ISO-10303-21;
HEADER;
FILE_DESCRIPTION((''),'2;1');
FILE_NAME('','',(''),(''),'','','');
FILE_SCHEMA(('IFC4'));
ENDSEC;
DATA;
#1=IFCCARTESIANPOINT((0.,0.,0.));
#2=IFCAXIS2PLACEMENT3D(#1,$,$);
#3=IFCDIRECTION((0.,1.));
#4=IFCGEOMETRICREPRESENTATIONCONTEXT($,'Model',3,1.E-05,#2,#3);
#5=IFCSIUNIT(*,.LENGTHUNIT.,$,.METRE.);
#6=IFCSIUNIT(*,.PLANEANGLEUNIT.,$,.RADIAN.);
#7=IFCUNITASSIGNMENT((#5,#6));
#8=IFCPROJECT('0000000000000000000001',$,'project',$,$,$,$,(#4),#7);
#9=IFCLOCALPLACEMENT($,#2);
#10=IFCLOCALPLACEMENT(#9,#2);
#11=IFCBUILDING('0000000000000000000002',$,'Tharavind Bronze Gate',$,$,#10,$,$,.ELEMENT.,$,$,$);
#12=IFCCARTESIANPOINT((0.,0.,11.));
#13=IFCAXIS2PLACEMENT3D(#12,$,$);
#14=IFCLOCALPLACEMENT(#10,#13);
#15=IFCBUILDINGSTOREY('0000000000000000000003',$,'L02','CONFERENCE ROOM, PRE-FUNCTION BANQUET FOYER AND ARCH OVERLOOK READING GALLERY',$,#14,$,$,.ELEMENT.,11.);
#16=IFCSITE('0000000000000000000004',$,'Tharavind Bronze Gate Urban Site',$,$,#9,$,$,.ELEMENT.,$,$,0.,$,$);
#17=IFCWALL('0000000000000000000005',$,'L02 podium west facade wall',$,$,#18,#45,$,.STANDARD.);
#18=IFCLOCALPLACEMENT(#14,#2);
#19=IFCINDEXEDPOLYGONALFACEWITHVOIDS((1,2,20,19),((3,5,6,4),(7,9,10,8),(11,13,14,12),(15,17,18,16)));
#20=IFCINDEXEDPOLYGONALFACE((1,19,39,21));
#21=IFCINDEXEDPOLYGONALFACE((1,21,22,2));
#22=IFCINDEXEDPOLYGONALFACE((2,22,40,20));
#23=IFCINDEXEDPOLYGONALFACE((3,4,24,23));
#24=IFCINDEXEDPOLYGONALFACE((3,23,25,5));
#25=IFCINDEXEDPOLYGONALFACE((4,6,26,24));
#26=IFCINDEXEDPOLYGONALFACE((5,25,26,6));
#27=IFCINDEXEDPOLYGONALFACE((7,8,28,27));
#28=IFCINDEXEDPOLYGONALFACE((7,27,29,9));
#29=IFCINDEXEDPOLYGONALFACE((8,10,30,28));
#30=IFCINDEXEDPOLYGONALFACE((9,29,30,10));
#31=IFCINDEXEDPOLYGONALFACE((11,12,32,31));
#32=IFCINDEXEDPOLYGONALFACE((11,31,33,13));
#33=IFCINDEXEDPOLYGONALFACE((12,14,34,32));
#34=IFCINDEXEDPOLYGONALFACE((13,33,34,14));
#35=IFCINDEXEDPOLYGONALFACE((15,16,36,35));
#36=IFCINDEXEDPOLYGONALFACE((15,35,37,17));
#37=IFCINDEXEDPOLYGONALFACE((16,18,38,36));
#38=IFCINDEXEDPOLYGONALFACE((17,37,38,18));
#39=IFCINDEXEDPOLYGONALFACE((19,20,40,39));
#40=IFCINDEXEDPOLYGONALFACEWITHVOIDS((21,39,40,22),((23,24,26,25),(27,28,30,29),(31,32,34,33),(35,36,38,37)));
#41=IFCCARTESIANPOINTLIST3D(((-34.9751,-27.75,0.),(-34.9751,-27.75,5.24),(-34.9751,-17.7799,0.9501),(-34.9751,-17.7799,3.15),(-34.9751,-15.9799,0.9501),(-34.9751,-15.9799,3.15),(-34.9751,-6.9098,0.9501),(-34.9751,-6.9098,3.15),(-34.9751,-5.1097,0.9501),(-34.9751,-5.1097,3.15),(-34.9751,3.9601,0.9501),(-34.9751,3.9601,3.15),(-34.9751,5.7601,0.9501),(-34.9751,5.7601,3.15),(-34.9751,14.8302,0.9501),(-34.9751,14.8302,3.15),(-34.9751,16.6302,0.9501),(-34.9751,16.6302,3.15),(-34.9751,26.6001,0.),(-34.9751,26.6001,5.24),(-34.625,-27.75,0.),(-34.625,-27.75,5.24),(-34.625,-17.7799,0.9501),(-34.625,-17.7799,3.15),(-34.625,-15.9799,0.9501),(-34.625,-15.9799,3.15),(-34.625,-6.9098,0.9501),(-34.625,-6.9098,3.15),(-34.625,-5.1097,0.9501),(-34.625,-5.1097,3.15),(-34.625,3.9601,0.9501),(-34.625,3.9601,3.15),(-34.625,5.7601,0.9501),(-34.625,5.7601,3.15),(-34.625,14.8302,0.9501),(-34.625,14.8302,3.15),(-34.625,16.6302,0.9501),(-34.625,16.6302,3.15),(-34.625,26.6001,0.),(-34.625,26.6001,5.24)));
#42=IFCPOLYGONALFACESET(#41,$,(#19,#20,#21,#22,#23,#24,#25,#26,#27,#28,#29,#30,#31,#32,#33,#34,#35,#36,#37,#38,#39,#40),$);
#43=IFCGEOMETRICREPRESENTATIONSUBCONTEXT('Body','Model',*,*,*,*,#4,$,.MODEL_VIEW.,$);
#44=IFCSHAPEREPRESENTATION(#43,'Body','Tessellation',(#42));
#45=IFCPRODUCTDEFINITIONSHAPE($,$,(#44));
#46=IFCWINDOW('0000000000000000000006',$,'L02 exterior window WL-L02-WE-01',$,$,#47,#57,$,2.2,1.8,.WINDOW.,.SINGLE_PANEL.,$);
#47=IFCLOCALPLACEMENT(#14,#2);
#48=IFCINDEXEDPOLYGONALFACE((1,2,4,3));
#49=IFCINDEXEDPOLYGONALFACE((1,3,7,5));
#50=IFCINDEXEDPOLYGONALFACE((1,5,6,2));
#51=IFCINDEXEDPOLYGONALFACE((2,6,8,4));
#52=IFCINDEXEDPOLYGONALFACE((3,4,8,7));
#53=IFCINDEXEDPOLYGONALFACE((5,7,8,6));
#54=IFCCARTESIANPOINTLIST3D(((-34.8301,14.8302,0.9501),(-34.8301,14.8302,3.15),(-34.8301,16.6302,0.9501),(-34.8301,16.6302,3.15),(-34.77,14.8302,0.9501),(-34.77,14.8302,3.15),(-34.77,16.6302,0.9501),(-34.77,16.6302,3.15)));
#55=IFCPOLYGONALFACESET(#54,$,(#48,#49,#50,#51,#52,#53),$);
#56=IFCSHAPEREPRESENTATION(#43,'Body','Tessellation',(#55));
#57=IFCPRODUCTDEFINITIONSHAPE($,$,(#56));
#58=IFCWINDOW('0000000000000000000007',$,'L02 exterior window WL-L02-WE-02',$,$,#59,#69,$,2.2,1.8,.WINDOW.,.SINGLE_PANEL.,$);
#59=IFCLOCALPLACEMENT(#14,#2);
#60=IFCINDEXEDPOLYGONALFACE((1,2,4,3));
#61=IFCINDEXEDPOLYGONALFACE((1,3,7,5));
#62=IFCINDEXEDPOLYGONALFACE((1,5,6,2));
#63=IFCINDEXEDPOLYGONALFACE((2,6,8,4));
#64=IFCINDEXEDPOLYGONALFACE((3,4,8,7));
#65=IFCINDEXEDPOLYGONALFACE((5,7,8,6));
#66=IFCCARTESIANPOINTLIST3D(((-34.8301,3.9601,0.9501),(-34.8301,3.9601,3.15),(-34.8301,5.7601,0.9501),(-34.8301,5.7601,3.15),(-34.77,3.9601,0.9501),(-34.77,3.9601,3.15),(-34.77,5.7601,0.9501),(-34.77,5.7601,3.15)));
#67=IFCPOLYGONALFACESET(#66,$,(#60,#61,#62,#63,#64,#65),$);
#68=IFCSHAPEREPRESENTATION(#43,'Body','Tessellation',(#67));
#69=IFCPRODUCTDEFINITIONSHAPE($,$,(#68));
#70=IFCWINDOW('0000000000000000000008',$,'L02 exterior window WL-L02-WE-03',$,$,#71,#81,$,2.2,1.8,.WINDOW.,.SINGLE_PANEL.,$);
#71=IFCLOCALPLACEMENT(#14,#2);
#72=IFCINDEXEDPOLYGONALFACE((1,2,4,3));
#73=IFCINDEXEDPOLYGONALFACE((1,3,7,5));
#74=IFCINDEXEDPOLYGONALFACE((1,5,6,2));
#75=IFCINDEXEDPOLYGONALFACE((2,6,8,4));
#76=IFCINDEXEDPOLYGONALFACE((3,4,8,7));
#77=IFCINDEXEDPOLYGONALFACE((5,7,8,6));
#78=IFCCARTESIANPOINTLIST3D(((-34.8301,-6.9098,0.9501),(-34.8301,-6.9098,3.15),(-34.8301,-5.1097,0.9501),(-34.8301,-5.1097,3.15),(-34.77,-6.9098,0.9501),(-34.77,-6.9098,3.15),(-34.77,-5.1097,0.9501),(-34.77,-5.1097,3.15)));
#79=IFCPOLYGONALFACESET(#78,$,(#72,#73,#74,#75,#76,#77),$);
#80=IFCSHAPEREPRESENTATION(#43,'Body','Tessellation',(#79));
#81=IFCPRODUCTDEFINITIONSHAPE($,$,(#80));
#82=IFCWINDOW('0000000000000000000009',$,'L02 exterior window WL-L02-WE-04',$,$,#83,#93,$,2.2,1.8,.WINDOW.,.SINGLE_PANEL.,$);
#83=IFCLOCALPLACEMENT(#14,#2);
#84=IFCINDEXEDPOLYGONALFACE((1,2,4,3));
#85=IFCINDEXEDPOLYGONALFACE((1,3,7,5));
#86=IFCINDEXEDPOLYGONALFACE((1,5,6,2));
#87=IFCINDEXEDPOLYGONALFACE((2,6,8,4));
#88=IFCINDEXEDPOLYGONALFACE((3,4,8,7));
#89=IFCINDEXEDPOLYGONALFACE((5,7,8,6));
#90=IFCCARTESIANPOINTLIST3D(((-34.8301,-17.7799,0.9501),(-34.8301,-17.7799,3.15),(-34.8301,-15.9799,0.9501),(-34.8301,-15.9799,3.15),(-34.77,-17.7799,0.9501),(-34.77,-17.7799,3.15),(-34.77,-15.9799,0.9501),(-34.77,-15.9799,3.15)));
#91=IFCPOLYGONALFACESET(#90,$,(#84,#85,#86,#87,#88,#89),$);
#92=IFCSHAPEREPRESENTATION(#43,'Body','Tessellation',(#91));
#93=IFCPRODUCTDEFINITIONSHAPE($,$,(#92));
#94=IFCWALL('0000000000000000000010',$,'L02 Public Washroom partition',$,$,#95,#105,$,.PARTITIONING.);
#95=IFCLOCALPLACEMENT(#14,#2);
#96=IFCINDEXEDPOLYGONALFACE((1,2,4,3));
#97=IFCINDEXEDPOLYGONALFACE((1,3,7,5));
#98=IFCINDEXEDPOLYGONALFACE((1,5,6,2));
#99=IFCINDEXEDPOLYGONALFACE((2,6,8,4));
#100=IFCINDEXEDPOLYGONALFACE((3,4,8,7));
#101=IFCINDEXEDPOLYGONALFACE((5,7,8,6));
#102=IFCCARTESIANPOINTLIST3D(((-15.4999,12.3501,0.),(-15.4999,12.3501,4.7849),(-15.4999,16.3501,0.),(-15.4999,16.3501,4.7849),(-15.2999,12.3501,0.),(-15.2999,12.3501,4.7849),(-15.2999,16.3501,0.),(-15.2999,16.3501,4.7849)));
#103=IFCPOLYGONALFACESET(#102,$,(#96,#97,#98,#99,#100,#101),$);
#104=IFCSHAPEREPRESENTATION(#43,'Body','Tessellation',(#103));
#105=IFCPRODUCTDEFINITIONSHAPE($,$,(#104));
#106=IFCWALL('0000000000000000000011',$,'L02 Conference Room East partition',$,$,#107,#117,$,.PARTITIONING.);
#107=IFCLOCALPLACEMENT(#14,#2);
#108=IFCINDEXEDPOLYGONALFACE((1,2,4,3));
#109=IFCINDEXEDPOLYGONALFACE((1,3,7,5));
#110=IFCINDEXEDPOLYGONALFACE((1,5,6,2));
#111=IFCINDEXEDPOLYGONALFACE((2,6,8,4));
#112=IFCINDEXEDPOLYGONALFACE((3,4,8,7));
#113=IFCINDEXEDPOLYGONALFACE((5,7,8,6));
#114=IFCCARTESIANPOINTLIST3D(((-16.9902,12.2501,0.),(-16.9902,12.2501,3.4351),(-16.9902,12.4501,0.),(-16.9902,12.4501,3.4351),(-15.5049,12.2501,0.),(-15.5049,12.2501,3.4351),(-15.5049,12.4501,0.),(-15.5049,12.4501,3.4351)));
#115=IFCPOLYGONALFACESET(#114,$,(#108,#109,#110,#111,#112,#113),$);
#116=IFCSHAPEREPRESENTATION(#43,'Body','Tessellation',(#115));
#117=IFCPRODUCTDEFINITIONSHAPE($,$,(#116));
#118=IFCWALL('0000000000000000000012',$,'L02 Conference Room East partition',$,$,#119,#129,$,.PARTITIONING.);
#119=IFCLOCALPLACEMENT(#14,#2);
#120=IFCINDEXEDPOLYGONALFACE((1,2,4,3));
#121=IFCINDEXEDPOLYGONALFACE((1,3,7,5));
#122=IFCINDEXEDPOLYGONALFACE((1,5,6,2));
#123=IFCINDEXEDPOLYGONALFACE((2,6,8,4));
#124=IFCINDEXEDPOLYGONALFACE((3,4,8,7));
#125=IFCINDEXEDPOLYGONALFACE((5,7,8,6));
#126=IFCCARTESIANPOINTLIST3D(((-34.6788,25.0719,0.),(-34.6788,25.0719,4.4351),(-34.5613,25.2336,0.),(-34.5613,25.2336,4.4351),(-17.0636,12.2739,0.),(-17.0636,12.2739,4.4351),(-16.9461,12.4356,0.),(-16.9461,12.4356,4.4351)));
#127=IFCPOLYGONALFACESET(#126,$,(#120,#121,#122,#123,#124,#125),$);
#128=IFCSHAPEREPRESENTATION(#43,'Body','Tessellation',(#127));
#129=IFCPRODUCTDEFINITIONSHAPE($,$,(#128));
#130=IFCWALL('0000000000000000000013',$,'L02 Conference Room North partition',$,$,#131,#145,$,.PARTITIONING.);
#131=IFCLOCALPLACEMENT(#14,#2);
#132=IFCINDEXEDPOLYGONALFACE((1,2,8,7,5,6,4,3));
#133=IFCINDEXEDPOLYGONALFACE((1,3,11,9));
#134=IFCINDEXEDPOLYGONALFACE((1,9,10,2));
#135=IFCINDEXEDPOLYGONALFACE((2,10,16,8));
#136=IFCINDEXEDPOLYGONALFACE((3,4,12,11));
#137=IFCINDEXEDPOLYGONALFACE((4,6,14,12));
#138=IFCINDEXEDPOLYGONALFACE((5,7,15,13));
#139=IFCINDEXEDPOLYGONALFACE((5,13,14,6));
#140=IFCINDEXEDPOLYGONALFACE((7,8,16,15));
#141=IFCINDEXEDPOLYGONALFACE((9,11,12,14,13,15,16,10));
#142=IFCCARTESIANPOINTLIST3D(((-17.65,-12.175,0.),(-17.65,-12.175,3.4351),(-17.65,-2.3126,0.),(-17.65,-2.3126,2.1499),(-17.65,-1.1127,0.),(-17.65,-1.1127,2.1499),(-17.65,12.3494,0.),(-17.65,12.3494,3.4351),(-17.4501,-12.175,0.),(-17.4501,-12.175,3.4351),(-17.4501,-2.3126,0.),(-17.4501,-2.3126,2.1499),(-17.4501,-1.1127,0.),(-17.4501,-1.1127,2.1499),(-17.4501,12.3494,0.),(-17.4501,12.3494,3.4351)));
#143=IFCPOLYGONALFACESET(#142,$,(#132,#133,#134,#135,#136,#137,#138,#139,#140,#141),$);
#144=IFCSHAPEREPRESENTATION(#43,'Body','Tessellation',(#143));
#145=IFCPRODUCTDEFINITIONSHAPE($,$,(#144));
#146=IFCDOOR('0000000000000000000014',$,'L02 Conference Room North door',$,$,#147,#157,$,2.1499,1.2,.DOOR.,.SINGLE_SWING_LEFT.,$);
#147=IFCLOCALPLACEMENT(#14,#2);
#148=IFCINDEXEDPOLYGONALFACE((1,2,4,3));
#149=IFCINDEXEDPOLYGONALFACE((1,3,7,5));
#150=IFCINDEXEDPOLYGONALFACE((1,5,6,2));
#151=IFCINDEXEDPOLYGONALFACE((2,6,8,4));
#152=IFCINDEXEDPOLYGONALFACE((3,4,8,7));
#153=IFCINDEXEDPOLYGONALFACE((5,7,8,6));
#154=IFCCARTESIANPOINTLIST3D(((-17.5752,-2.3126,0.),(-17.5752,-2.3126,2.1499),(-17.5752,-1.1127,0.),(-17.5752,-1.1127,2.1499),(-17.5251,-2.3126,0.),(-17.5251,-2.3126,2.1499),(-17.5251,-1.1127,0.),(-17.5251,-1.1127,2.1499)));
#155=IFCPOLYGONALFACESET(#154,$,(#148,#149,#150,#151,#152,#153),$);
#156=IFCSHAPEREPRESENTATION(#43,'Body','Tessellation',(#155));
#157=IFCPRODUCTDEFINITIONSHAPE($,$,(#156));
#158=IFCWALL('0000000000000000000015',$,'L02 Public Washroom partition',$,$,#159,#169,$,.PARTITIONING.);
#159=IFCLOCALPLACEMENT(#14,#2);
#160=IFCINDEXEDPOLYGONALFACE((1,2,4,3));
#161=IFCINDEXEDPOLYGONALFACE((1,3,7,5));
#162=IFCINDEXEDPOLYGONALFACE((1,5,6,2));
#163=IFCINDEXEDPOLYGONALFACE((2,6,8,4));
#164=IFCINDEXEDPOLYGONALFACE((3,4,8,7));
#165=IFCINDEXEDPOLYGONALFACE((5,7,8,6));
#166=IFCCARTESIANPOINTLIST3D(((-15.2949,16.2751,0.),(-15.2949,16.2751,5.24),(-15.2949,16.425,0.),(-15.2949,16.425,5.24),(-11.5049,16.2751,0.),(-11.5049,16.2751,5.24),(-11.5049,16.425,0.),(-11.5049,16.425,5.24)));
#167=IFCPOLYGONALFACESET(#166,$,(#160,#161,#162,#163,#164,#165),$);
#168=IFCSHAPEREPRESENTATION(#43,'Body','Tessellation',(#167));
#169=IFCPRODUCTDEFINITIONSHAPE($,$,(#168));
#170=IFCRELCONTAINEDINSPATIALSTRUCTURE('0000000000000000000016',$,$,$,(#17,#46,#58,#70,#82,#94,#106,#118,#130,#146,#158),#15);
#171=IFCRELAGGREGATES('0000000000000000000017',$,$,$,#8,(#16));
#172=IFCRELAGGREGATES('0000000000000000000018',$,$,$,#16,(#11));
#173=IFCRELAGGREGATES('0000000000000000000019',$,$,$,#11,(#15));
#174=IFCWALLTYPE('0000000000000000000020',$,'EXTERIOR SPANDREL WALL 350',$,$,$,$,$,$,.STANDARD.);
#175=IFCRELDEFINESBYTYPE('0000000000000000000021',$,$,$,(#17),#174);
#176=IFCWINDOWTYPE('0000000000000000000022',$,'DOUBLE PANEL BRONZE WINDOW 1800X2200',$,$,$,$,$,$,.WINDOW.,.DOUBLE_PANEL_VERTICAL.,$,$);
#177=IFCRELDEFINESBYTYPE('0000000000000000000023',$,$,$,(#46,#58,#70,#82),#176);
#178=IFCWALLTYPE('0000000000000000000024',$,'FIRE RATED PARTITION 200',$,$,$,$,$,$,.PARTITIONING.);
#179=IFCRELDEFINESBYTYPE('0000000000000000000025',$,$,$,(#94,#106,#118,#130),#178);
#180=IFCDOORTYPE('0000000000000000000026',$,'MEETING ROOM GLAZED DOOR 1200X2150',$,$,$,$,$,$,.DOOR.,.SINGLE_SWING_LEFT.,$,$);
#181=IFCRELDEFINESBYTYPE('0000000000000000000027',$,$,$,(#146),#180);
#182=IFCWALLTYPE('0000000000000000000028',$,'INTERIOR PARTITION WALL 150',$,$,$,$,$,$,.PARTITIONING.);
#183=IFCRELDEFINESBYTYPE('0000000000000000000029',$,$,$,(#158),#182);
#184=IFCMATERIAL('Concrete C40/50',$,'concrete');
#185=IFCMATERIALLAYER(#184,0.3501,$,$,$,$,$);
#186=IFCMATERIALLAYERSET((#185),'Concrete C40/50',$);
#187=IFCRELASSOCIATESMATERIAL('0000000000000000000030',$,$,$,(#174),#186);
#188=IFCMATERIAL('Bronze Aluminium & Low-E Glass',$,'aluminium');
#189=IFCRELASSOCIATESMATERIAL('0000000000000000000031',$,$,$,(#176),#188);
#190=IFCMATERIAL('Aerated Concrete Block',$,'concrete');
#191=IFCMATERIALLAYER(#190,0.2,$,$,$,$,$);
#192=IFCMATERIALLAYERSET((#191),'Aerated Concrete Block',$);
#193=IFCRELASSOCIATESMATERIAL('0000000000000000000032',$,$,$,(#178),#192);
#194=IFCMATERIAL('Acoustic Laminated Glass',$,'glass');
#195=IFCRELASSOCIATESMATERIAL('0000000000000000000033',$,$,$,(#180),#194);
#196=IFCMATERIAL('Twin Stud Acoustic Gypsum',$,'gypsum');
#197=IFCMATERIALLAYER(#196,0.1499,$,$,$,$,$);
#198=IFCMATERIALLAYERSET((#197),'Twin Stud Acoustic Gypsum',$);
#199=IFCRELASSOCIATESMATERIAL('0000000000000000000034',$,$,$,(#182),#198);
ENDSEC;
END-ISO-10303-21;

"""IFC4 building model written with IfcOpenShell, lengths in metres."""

from ifc_helpers import new_model, si_unit, direction, frame, frame_2d, origin, place, context, subcontext, project, spatial, rectangle, extrude, material, layer, layer_set, type_object, element, fill, save


model = new_model("IFC4")

# Units and contexts
model_context = context("Model", 3, precision=1e-05, world=origin(), true_north=direction((0.0, 1.0)))
body_context = subcontext(model_context, "Body", "Model", "MODEL_VIEW")
ifc_project = project(units=[si_unit("LENGTHUNIT", "METRE"), si_unit("PLANEANGLEUNIT", "RADIAN")], contexts=[model_context])

# Site, building, storey
site_placement = place(None, origin())
site = spatial("IfcSite", under=ifc_project, at=site_placement, Name="Tharavind Bronze Gate Urban Site", CompositionType="ELEMENT", RefElevation=0.0)
building_placement = place(site_placement, origin())
building = spatial("IfcBuilding", under=site, at=building_placement, Name="Tharavind Bronze Gate", CompositionType="ELEMENT")
storey_placement = place(building_placement, frame((0.0, 0.0, 11.0)))
storey = spatial("IfcBuildingStorey", under=building, at=storey_placement, Name="L02", Description="CONFERENCE ROOM, PRE-FUNCTION BANQUET FOYER AND ARCH OVERLOOK READING GALLERY", CompositionType="ELEMENT", Elevation=11.0)

# Wall, openings, windows
ifc_material_1 = material(Name="Concrete C40/50", Category="concrete")
ifc_layer_1 = layer(ifc_material_1, 0.3501)
ifc_layer_set_1 = layer_set([ifc_layer_1], Name="Concrete C40/50")
wall_type_1 = type_object("IfcWallType", Name="EXTERIOR SPANDREL WALL 350", PredefinedType="STANDARD", material=ifc_layer_set_1)
wall_1_placement = place(storey_placement, frame((-34.8, 26.6001, 0.0), z_axis=(0.0, 0.0, 1.0), x_axis=(0.0, -1.0, 0.0)))
wall_1 = element("IfcWall", 1, at=wall_1_placement, inside=storey, type_object=wall_type_1, Name="L02 podium west facade wall", PredefinedType="STANDARD", context=body_context, shape_type="SweptSolid", body=[
    extrude(rectangle(XDim=54.3501, YDim=0.3501, at=frame_2d((27.175, 0.0))), origin(), (0.0, 0.0, 1.0), 5.24),
])
opening_1_placement = place(wall_1_placement, frame((9.97, 0.0, 0.95)))
opening_1 = element("IfcOpeningElement", 2, at=opening_1_placement, cuts=wall_1, PredefinedType="OPENING", context=body_context, shape_type="SweptSolid", body=[
    extrude(rectangle(XDim=1.8, YDim=2.2, at=frame_2d((0.8999, 1.1001))), frame((0.0, 0.185, 0.0), z_axis=(0.0, -1.0, 0.0), x_axis=(1.0, 0.0, 0.0)), (0.0, 0.0, 1.0), 0.3701),
])
opening_2_placement = place(wall_1_placement, frame((20.8401, 0.0, 0.95)))
opening_2 = element("IfcOpeningElement", 3, at=opening_2_placement, cuts=wall_1, PredefinedType="OPENING", context=body_context, shape_type="SweptSolid", body=[
    extrude(rectangle(XDim=1.8, YDim=2.2, at=frame_2d((0.8999, 1.1001))), frame((0.0, 0.185, 0.0), z_axis=(0.0, -1.0, 0.0), x_axis=(1.0, 0.0, 0.0)), (0.0, 0.0, 1.0), 0.3701),
])
opening_3_placement = place(wall_1_placement, frame((31.71, 0.0, 0.95)))
opening_3 = element("IfcOpeningElement", 4, at=opening_3_placement, cuts=wall_1, PredefinedType="OPENING", context=body_context, shape_type="SweptSolid", body=[
    extrude(rectangle(XDim=1.8, YDim=2.2, at=frame_2d((0.8999, 1.1001))), frame((0.0, 0.185, 0.0), z_axis=(0.0, -1.0, 0.0), x_axis=(1.0, 0.0, 0.0)), (0.0, 0.0, 1.0), 0.3701),
])
opening_4_placement = place(wall_1_placement, frame((42.5801, 0.0, 0.95)))
opening_4 = element("IfcOpeningElement", 5, at=opening_4_placement, cuts=wall_1, PredefinedType="OPENING", context=body_context, shape_type="SweptSolid", body=[
    extrude(rectangle(XDim=1.8, YDim=2.2, at=frame_2d((0.8999, 1.1001))), frame((0.0, 0.185, 0.0), z_axis=(0.0, -1.0, 0.0), x_axis=(1.0, 0.0, 0.0)), (0.0, 0.0, 1.0), 0.3701),
])
ifc_material_2 = material(Name="Bronze Aluminium & Low-E Glass", Category="aluminium")
window_type = type_object("IfcWindowType", Name="DOUBLE PANEL BRONZE WINDOW 1800X2200", PartitioningType="DOUBLE_PANEL_VERTICAL", PredefinedType="WINDOW", material=ifc_material_2)
window_1_placement = place(opening_1_placement, origin())
window_1 = element("IfcWindow", 6, at=window_1_placement, inside=storey, type_object=window_type, Name="L02 exterior window WL-L02-WE-01", OverallHeight=2.2, OverallWidth=1.8, PartitioningType="SINGLE_PANEL", PredefinedType="WINDOW", context=body_context, shape_type="SweptSolid", body=[
    extrude(rectangle(XDim=1.8, YDim=2.2, at=frame_2d((0.8999, 1.1001))), frame((0.0, 0.03, 0.0), z_axis=(0.0, -1.0, 0.0), x_axis=(1.0, 0.0, 0.0)), (0.0, 0.0, 1.0), 0.0601),
])
fill(opening_1, window_1)
window_2_placement = place(opening_2_placement, origin())
window_2 = element("IfcWindow", 7, at=window_2_placement, inside=storey, type_object=window_type, Name="L02 exterior window WL-L02-WE-02", OverallHeight=2.2, OverallWidth=1.8, PartitioningType="SINGLE_PANEL", PredefinedType="WINDOW", context=body_context, shape_type="SweptSolid", body=[
    extrude(rectangle(XDim=1.8, YDim=2.2, at=frame_2d((0.8999, 1.1001))), frame((0.0, 0.03, 0.0), z_axis=(0.0, -1.0, 0.0), x_axis=(1.0, 0.0, 0.0)), (0.0, 0.0, 1.0), 0.0601),
])
fill(opening_2, window_2)
window_3_placement = place(opening_3_placement, origin())
window_3 = element("IfcWindow", 8, at=window_3_placement, inside=storey, type_object=window_type, Name="L02 exterior window WL-L02-WE-03", OverallHeight=2.2, OverallWidth=1.8, PartitioningType="SINGLE_PANEL", PredefinedType="WINDOW", context=body_context, shape_type="SweptSolid", body=[
    extrude(rectangle(XDim=1.8, YDim=2.2, at=frame_2d((0.8999, 1.1001))), frame((0.0, 0.03, 0.0), z_axis=(0.0, -1.0, 0.0), x_axis=(1.0, 0.0, 0.0)), (0.0, 0.0, 1.0), 0.0601),
])
fill(opening_3, window_3)
window_4_placement = place(opening_4_placement, origin())
window_4 = element("IfcWindow", 9, at=window_4_placement, inside=storey, type_object=window_type, Name="L02 exterior window WL-L02-WE-04", OverallHeight=2.2, OverallWidth=1.8, PartitioningType="SINGLE_PANEL", PredefinedType="WINDOW", context=body_context, shape_type="SweptSolid", body=[
    extrude(rectangle(XDim=1.8, YDim=2.2, at=frame_2d((0.8999, 1.1001))), frame((0.0, 0.03, 0.0), z_axis=(0.0, -1.0, 0.0), x_axis=(1.0, 0.0, 0.0)), (0.0, 0.0, 1.0), 0.0601),
])
fill(opening_4, window_4)

# Walls
ifc_material_3 = material(Name="Aerated Concrete Block", Category="concrete")
ifc_layer_2 = layer(ifc_material_3, 0.2)
ifc_layer_set_2 = layer_set([ifc_layer_2], Name="Aerated Concrete Block")
wall_type_2 = type_object("IfcWallType", Name="FIRE RATED PARTITION 200", PredefinedType="PARTITIONING", material=ifc_layer_set_2)
wall_2_placement = place(storey_placement, frame((-15.3999, 12.3501, 0.0), z_axis=(0.0, 0.0, 1.0), x_axis=(0.0, 1.0, 0.0)))
element("IfcWall", 10, at=wall_2_placement, inside=storey, type_object=wall_type_2, Name="L02 Public Washroom partition", PredefinedType="PARTITIONING", context=body_context, shape_type="SweptSolid", body=[
    extrude(rectangle(XDim=4.0, YDim=0.2, at=frame_2d((2.0, 0.0))), origin(), (0.0, 0.0, 1.0), 4.7849),
])
wall_3_placement = place(storey_placement, frame((-15.5049, 12.3501, 0.0), z_axis=(0.0, 0.0, 1.0), x_axis=(-1.0, 0.0, 0.0)))
element("IfcWall", 11, at=wall_3_placement, inside=storey, type_object=wall_type_2, Name="L02 Conference Room East partition", PredefinedType="PARTITIONING", context=body_context, shape_type="SweptSolid", body=[
    extrude(rectangle(XDim=1.4854, YDim=0.2, at=frame_2d((0.7427, 0.0))), origin(), (0.0, 0.0, 1.0), 3.4351),
])
wall_4_placement = place(storey_placement, frame((-17.0049, 12.3547, 0.0), z_axis=(0.0, 0.0, 1.0), x_axis=(-0.80902, 0.587782, 0.0)))
element("IfcWall", 12, at=wall_4_placement, inside=storey, type_object=wall_type_2, Name="L02 Conference Room East partition", PredefinedType="PARTITIONING", context=body_context, shape_type="SweptSolid", body=[
    extrude(rectangle(XDim=21.7734, YDim=0.2, at=frame_2d((10.8867, 0.0))), origin(), (0.0, 0.0, 1.0), 4.4351),
])

# Wall, opening, door
wall_5_placement = place(storey_placement, frame((-17.55, 12.3494, 0.0), z_axis=(0.0, 0.0, 1.0), x_axis=(0.0, -1.0, 0.0)))
wall_5 = element("IfcWall", 13, at=wall_5_placement, inside=storey, type_object=wall_type_2, Name="L02 Conference Room North partition", PredefinedType="PARTITIONING", context=body_context, shape_type="SweptSolid", body=[
    extrude(rectangle(XDim=24.5244, YDim=0.2, at=frame_2d((12.2622, 0.0))), origin(), (0.0, 0.0, 1.0), 3.4351),
])
opening_5_placement = place(wall_5_placement, frame((13.4619, 0.0, 0.0)))
opening_5 = element("IfcOpeningElement", 14, at=opening_5_placement, cuts=wall_5, PredefinedType="OPENING", context=body_context, shape_type="SweptSolid", body=[
    extrude(rectangle(XDim=1.2, YDim=2.1499, at=frame_2d((0.6001, 1.075))), frame((0.0, 0.1101, 0.0), z_axis=(0.0, -1.0, 0.0), x_axis=(1.0, 0.0, 0.0)), (0.0, 0.0, 1.0), 0.22),
])
ifc_material_4 = material(Name="Acoustic Laminated Glass", Category="glass")
door_type = type_object("IfcDoorType", Name="MEETING ROOM GLAZED DOOR 1200X2150", OperationType="SINGLE_SWING_LEFT", PredefinedType="DOOR", material=ifc_material_4)
door_placement = place(opening_5_placement, origin())
door = element("IfcDoor", 15, at=door_placement, inside=storey, type_object=door_type, Name="L02 Conference Room North door", OperationType="SINGLE_SWING_LEFT", OverallHeight=2.1499, OverallWidth=1.2, PredefinedType="DOOR", context=body_context, shape_type="SweptSolid", body=[
    extrude(rectangle(XDim=1.2, YDim=2.1499, at=frame_2d((0.6001, 1.075))), frame((0.0, 0.0249, 0.0), z_axis=(0.0, -1.0, 0.0), x_axis=(1.0, 0.0, 0.0)), (0.0, 0.0, 1.0), 0.05),
])
fill(opening_5, door)

# Wall
ifc_material_5 = material(Name="Twin Stud Acoustic Gypsum", Category="gypsum")
ifc_layer_3 = layer(ifc_material_5, 0.1499)
ifc_layer_set_3 = layer_set([ifc_layer_3], Name="Twin Stud Acoustic Gypsum")
wall_type_3 = type_object("IfcWallType", Name="INTERIOR PARTITION WALL 150", PredefinedType="PARTITIONING", material=ifc_layer_set_3)
wall_6_placement = place(storey_placement, frame((-15.2949, 16.3501, 0.0), z_axis=(0.0, 0.0, 1.0), x_axis=(1.0, 0.0, 0.0)))
element("IfcWall", 16, at=wall_6_placement, inside=storey, type_object=wall_type_3, Name="L02 Public Washroom partition", PredefinedType="PARTITIONING", context=body_context, shape_type="SweptSolid", body=[
    extrude(rectangle(XDim=3.79, YDim=0.1499, at=frame_2d((1.895, 0.0))), origin(), (0.0, 0.0, 1.0), 5.24),
])

save(model, "model.ifc")
